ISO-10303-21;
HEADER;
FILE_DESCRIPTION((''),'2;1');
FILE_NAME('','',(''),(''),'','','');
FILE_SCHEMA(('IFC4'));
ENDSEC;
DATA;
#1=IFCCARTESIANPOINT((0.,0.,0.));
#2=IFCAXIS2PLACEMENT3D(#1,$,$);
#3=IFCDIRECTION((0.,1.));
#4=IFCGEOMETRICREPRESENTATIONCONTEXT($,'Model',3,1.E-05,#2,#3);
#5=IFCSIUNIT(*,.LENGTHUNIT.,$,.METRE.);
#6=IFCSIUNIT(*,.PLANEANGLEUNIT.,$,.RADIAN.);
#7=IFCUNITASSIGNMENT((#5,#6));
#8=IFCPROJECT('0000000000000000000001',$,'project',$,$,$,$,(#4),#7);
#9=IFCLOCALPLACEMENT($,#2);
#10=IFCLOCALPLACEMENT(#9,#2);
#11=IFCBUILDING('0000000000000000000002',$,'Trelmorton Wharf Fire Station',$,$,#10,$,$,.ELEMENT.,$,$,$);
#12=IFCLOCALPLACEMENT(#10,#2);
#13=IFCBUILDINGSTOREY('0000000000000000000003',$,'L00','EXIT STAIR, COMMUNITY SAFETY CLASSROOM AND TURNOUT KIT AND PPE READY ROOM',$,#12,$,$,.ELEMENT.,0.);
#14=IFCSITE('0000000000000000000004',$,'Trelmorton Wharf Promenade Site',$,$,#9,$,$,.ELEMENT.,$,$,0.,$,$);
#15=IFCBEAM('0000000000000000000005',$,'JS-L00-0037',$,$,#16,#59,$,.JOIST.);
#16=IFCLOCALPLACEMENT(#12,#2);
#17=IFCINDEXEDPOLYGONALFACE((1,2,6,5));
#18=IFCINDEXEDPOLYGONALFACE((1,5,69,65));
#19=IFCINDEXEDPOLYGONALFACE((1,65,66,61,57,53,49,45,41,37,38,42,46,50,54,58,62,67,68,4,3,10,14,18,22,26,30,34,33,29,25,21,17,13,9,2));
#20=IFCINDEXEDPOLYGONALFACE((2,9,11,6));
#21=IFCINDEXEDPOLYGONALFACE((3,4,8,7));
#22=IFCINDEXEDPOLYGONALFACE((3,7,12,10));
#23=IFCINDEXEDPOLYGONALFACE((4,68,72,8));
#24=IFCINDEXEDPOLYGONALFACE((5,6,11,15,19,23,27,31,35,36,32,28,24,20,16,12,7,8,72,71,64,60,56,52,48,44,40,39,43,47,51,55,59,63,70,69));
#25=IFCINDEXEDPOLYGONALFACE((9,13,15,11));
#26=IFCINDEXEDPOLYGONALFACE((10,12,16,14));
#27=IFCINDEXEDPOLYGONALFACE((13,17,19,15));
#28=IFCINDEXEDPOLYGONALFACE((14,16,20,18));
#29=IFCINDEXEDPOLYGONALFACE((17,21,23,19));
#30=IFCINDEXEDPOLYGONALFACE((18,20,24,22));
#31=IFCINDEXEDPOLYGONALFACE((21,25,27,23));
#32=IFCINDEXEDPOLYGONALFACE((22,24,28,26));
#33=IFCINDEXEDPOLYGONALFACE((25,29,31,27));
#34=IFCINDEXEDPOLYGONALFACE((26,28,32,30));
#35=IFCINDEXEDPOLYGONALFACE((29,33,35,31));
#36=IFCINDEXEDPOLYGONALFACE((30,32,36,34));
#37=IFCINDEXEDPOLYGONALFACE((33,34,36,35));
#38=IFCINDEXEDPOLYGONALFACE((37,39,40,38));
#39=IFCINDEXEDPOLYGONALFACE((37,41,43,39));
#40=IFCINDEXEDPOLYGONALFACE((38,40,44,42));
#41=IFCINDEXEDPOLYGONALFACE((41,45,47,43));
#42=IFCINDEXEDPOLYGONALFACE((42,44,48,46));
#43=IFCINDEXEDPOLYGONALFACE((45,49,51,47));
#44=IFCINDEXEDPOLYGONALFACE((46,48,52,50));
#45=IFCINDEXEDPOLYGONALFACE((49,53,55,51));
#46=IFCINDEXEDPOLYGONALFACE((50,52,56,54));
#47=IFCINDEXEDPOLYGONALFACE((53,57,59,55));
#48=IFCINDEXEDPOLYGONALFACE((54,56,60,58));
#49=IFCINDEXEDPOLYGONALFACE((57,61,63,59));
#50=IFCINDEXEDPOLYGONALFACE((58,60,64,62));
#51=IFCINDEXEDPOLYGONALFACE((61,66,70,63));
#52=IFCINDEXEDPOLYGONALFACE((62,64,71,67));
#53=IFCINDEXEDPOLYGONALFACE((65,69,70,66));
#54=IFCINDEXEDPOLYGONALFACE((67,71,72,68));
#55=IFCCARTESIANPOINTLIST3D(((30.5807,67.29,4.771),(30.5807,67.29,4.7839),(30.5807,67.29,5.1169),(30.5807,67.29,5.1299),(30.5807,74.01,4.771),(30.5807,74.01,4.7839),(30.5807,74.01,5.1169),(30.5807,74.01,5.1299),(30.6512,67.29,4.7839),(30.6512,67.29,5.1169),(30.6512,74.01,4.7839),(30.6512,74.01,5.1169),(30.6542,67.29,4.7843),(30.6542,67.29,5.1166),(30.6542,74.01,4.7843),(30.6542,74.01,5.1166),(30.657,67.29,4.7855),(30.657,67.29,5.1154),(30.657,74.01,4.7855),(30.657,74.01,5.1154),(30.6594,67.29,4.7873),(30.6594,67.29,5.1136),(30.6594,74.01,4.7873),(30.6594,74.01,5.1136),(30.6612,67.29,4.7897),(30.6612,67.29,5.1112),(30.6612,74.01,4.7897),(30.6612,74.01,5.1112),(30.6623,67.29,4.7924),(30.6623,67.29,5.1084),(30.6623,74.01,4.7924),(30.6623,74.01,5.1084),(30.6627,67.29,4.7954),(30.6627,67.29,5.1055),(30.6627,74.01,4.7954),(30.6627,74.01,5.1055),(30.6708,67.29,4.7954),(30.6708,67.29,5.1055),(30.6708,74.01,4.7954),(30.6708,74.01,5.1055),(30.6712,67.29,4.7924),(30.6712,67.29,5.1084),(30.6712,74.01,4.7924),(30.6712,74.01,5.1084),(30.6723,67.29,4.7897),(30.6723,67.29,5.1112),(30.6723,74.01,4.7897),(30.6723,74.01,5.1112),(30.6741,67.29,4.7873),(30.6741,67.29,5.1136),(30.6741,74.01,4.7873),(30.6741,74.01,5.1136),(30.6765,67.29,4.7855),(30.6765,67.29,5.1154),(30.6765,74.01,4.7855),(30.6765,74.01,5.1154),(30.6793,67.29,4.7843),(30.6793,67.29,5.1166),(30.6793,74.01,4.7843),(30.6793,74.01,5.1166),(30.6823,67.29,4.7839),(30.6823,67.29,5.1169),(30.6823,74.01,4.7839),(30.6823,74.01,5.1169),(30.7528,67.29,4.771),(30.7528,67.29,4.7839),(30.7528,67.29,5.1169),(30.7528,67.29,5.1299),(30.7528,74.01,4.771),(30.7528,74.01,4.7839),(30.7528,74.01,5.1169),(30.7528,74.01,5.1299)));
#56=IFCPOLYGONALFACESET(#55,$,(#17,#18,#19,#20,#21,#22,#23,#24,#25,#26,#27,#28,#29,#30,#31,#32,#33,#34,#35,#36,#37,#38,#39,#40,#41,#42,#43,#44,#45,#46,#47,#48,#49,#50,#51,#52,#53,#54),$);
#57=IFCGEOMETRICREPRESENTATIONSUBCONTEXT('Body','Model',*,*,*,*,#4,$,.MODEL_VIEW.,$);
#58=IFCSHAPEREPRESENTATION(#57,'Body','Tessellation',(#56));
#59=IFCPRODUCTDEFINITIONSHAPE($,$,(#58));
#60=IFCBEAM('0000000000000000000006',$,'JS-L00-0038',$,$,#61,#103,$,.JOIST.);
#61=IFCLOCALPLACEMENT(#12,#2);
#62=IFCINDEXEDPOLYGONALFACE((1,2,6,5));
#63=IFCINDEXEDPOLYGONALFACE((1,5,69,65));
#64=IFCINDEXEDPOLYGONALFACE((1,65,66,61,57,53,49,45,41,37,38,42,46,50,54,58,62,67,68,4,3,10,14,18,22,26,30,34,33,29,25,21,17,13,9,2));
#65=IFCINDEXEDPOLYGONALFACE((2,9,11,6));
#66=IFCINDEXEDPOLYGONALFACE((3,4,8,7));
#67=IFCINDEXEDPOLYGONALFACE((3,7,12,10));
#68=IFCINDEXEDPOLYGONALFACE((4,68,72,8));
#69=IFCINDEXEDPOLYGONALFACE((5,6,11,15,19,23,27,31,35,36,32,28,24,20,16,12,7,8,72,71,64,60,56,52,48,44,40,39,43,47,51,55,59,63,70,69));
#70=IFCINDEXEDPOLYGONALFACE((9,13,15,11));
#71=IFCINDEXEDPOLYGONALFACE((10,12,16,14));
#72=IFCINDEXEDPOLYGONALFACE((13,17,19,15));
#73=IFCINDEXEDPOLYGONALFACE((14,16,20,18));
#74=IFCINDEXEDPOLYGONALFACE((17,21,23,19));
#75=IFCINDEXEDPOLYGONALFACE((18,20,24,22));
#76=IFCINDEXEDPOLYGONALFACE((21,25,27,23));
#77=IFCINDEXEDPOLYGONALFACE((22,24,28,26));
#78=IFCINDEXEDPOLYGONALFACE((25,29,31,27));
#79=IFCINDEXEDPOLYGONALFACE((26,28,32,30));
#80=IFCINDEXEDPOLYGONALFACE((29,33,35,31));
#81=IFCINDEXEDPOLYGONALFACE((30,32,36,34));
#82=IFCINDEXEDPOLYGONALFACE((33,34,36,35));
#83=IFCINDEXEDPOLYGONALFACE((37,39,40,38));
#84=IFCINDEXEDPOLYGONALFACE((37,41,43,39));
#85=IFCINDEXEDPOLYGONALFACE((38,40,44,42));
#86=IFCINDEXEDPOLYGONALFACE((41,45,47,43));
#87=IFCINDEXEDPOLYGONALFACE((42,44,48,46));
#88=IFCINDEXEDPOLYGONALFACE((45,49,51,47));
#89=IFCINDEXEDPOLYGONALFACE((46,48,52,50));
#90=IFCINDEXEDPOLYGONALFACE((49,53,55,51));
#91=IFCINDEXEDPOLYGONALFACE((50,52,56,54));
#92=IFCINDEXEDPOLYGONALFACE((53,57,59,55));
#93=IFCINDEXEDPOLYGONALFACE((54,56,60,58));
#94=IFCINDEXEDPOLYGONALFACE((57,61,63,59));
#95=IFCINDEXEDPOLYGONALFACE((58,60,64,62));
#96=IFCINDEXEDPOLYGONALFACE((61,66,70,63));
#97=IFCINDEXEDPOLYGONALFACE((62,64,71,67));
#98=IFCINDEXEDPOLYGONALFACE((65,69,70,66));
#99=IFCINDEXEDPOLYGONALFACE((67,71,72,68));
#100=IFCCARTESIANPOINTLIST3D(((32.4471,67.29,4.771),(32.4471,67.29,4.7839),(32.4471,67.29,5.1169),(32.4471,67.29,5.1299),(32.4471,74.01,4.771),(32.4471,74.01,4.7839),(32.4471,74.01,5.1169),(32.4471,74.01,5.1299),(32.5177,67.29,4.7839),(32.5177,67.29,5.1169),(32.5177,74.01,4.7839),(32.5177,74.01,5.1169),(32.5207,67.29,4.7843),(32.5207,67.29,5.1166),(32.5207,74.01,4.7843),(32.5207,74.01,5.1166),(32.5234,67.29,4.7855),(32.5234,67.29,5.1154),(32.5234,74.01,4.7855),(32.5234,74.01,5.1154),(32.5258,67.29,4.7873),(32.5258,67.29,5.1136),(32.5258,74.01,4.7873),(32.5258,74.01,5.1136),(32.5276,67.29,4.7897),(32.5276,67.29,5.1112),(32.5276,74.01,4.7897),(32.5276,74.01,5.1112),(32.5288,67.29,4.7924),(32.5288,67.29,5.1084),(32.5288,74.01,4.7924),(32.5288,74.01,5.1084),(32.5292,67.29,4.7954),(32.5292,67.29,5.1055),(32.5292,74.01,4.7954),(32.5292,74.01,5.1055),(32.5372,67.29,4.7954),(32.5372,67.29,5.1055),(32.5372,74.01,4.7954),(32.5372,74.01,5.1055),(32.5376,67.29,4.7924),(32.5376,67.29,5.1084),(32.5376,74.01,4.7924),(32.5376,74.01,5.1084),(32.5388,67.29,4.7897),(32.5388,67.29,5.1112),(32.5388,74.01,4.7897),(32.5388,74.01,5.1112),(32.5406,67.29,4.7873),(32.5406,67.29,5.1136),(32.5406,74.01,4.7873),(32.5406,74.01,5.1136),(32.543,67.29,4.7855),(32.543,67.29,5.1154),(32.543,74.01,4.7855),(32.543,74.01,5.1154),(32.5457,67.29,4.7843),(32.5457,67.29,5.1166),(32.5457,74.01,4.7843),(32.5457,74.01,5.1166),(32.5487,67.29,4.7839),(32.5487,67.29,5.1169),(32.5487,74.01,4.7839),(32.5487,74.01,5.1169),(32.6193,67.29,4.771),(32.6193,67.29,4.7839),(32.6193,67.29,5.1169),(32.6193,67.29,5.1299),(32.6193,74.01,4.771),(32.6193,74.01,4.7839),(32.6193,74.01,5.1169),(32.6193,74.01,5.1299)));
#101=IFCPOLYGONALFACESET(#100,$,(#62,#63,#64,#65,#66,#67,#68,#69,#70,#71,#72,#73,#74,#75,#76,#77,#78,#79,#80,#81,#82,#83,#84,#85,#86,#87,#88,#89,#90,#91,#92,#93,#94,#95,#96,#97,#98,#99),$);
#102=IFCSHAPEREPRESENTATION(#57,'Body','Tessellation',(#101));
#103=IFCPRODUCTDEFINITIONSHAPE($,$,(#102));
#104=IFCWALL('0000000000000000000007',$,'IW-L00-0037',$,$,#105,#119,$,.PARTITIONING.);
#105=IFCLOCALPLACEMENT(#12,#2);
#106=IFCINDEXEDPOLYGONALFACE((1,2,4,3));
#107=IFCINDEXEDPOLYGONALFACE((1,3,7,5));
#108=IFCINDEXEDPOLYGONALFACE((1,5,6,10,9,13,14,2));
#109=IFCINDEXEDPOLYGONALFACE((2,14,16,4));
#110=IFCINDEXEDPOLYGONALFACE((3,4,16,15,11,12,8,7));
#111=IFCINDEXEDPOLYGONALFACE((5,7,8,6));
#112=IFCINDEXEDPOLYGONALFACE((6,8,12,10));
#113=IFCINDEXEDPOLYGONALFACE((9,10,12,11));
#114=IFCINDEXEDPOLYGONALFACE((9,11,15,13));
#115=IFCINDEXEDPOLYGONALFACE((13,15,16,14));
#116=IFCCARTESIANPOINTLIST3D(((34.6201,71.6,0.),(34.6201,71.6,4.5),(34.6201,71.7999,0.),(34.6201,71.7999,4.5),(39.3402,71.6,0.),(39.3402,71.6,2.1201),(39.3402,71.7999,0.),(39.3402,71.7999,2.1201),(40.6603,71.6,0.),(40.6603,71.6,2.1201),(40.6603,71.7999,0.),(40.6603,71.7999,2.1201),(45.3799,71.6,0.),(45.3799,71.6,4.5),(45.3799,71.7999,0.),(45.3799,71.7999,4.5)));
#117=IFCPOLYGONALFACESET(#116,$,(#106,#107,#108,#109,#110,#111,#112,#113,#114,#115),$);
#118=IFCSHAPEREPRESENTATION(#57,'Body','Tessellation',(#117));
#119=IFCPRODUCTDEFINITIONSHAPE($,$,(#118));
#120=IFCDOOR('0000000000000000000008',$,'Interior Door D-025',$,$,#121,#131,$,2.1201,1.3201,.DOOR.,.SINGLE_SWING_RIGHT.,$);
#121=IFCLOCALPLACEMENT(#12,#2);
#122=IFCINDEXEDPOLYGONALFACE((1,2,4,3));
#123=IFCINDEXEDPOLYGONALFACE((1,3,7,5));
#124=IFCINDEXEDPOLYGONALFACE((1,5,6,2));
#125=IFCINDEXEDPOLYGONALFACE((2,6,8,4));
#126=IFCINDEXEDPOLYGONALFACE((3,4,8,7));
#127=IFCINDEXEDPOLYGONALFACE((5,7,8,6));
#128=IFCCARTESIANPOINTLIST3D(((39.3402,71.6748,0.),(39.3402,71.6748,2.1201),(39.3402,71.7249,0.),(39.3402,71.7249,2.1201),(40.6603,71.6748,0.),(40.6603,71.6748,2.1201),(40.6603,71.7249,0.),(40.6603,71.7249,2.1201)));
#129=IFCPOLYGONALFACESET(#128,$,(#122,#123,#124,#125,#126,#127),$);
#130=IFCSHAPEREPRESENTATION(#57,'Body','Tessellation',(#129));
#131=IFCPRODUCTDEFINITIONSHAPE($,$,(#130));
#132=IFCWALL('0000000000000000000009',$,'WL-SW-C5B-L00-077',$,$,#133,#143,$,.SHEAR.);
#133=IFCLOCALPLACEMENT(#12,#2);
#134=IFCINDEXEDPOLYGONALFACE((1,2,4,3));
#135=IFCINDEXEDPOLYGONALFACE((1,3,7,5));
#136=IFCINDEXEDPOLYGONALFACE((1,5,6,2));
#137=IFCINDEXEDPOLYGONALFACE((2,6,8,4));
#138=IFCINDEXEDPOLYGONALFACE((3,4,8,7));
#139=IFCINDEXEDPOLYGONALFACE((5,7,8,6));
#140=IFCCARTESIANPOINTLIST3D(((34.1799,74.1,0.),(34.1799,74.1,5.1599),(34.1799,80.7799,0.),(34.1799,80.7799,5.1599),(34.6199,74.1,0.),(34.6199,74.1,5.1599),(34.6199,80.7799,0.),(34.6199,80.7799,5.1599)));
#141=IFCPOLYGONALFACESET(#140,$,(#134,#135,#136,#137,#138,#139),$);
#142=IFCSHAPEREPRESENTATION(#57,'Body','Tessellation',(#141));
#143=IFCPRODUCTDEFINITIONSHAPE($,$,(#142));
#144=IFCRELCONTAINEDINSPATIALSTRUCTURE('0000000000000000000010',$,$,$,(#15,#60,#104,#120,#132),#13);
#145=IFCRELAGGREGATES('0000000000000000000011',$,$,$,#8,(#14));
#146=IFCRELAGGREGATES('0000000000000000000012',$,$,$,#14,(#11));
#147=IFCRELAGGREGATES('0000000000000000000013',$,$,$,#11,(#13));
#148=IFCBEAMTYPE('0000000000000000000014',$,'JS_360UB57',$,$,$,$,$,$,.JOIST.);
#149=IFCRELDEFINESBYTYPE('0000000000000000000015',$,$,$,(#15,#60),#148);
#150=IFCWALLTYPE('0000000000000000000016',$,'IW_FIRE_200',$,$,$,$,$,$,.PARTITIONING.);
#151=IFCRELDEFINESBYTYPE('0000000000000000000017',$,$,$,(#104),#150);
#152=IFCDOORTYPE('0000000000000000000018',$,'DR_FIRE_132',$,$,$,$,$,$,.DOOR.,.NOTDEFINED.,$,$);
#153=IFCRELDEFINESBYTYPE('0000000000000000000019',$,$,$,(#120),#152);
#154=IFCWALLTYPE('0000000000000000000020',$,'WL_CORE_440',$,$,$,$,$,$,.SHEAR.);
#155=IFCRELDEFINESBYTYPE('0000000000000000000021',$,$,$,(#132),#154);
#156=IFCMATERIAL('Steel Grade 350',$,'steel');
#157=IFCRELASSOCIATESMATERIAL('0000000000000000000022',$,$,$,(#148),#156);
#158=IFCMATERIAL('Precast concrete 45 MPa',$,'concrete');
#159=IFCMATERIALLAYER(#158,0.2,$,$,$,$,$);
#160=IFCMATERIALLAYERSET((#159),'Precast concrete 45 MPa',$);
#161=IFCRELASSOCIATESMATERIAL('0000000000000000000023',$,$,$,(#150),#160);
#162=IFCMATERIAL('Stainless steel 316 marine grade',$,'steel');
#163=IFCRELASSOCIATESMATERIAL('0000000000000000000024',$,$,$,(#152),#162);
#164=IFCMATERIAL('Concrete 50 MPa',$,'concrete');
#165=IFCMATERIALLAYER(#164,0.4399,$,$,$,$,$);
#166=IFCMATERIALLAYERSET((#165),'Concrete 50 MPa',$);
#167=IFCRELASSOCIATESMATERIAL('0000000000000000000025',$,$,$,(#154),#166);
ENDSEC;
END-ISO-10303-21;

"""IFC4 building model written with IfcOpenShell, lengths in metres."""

from ifc_helpers import new_model, si_unit, direction, frame, frame_2d, origin, origin_2d, place, context, subcontext, project, spatial, rectangle, i_section, extrude, material, layer, layer_set, material_profile, profile_set, type_object, element, fill, save


model = new_model("IFC4")

# Units and contexts
model_context = context("Model", 3, precision=1e-05, world=origin(), true_north=direction((0.0, 1.0)))
body_context = subcontext(model_context, "Body", "Model", "MODEL_VIEW")
ifc_project = project(units=[si_unit("LENGTHUNIT", "METRE"), si_unit("PLANEANGLEUNIT", "RADIAN")], contexts=[model_context])

# Site, building, storey
site_placement = place(None, origin())
site = spatial("IfcSite", under=ifc_project, at=site_placement, Name="Trelmorton Wharf Promenade Site", CompositionType="ELEMENT", RefElevation=0.0)
building_placement = place(site_placement, origin())
building = spatial("IfcBuilding", under=site, at=building_placement, Name="Trelmorton Wharf Fire Station", CompositionType="ELEMENT")
storey_placement = place(building_placement, origin())
storey = spatial("IfcBuildingStorey", under=building, at=storey_placement, Name="L00", Description="EXIT STAIR, COMMUNITY SAFETY CLASSROOM AND TURNOUT KIT AND PPE READY ROOM", CompositionType="ELEMENT", Elevation=0.0)

# Shared definitions
ifc_material_1 = material(Name="Steel Grade 350", Category="steel")

# Beams
ifc_material_profile_1 = material_profile(ifc_material_1, i_section(OverallWidth=0.1721, OverallDepth=0.3589, WebThickness=0.0081, FlangeThickness=0.0129, FilletRadius=0.0115, at=origin_2d()), Name="360UB56.7")
ifc_profile_set_1 = profile_set([ifc_material_profile_1], Name="Steel Grade 350")
beam_type_1 = type_object("IfcBeamType", Name="JS_360UB57", PredefinedType="JOIST", material=ifc_profile_set_1)
for number, where, z_axis, x_axis, name in (
    (1, (30.6667, 67.29, 4.9504), (0.0, 1.0, 0.0), (-1.0, 0.0, 0.0), "JS-L00-0037"),
    (2, (32.5332, 67.29, 4.9504), (0.0, 1.0, 0.0), (-1.0, 0.0, 0.0), "JS-L00-0038"),
):
    element("IfcBeam", number, at=place(storey_placement, frame(where, z_axis=z_axis, x_axis=x_axis)), inside=storey, type_object=beam_type_1, Name=name, PredefinedType="JOIST", context=body_context, shape_type="SweptSolid", body=[
        extrude(i_section(OverallWidth=0.1721, OverallDepth=0.3589, WebThickness=0.0081, FlangeThickness=0.0129, FilletRadius=0.0115, at=origin_2d()), origin(), (0.0, 0.0, 1.0), 6.72),
    ])

# Wall, opening, door
ifc_material_2 = material(Name="Precast concrete 45 MPa", Category="concrete")
ifc_layer_1 = layer(ifc_material_2, 0.2)
ifc_layer_set_1 = layer_set([ifc_layer_1], Name="Precast concrete 45 MPa")
wall_type_1 = type_object("IfcWallType", Name="IW_FIRE_200", PredefinedType="PARTITIONING", material=ifc_layer_set_1)
wall_1_placement = place(storey_placement, frame((34.6201, 71.7, 0.0), z_axis=(0.0, 0.0, 1.0), x_axis=(1.0, 0.0, 0.0)))
wall_1 = element("IfcWall", 3, at=wall_1_placement, inside=storey, type_object=wall_type_1, Name="IW-L00-0037", PredefinedType="PARTITIONING", context=body_context, shape_type="SweptSolid", body=[
    extrude(rectangle(XDim=10.7598, YDim=0.2, at=frame_2d((5.3799, 0.0))), origin(), (0.0, 0.0, 1.0), 4.5),
])
opening_placement = place(wall_1_placement, frame((4.72, 0.0, 0.0)))
opening = element("IfcOpeningElement", 4, at=opening_placement, cuts=wall_1, PredefinedType="OPENING", context=body_context, shape_type="SweptSolid", body=[
    extrude(rectangle(XDim=1.3201, YDim=2.1201, at=frame_2d((0.6602, 1.0601))), frame((0.0, 0.1099, 0.0), z_axis=(0.0, -1.0, 0.0), x_axis=(1.0, 0.0, 0.0)), (0.0, 0.0, 1.0), 0.22),
])
ifc_material_3 = material(Name="Stainless steel 316 marine grade", Category="steel")
door_type = type_object("IfcDoorType", Name="DR_FIRE_132", OperationType="NOTDEFINED", PredefinedType="DOOR", material=ifc_material_3)
door_placement = place(opening_placement, origin())
door = element("IfcDoor", 5, at=door_placement, inside=storey, type_object=door_type, Name="Interior Door D-025", OperationType="SINGLE_SWING_RIGHT", OverallHeight=2.1201, OverallWidth=1.3201, PredefinedType="DOOR", context=body_context, shape_type="SweptSolid", body=[
    extrude(rectangle(XDim=1.3201, YDim=2.1201, at=frame_2d((0.6602, 1.0601))), frame((0.0, 0.0249, 0.0), z_axis=(0.0, -1.0, 0.0), x_axis=(1.0, 0.0, 0.0)), (0.0, 0.0, 1.0), 0.05),
])
fill(opening, door)

# Wall
ifc_material_4 = material(Name="Concrete 50 MPa", Category="concrete")
ifc_layer_2 = layer(ifc_material_4, 0.4399)
ifc_layer_set_2 = layer_set([ifc_layer_2], Name="Concrete 50 MPa")
wall_type_2 = type_object("IfcWallType", Name="WL_CORE_440", PredefinedType="SHEAR", material=ifc_layer_set_2)
wall_2_placement = place(storey_placement, frame((34.3999, 74.1001, 0.0), z_axis=(0.0, 0.0, 1.0), x_axis=(0.0, 1.0, 0.0)))
element("IfcWall", 6, at=wall_2_placement, inside=storey, type_object=wall_type_2, Name="WL-SW-C5B-L00-077", PredefinedType="SHEAR", context=body_context, shape_type="SweptSolid", body=[
    extrude(rectangle(XDim=6.6799, YDim=0.4399, at=frame_2d((3.3398, 0.0))), origin(), (0.0, 0.0, 1.0), 5.1599),
])

save(model, "model.ifc")
